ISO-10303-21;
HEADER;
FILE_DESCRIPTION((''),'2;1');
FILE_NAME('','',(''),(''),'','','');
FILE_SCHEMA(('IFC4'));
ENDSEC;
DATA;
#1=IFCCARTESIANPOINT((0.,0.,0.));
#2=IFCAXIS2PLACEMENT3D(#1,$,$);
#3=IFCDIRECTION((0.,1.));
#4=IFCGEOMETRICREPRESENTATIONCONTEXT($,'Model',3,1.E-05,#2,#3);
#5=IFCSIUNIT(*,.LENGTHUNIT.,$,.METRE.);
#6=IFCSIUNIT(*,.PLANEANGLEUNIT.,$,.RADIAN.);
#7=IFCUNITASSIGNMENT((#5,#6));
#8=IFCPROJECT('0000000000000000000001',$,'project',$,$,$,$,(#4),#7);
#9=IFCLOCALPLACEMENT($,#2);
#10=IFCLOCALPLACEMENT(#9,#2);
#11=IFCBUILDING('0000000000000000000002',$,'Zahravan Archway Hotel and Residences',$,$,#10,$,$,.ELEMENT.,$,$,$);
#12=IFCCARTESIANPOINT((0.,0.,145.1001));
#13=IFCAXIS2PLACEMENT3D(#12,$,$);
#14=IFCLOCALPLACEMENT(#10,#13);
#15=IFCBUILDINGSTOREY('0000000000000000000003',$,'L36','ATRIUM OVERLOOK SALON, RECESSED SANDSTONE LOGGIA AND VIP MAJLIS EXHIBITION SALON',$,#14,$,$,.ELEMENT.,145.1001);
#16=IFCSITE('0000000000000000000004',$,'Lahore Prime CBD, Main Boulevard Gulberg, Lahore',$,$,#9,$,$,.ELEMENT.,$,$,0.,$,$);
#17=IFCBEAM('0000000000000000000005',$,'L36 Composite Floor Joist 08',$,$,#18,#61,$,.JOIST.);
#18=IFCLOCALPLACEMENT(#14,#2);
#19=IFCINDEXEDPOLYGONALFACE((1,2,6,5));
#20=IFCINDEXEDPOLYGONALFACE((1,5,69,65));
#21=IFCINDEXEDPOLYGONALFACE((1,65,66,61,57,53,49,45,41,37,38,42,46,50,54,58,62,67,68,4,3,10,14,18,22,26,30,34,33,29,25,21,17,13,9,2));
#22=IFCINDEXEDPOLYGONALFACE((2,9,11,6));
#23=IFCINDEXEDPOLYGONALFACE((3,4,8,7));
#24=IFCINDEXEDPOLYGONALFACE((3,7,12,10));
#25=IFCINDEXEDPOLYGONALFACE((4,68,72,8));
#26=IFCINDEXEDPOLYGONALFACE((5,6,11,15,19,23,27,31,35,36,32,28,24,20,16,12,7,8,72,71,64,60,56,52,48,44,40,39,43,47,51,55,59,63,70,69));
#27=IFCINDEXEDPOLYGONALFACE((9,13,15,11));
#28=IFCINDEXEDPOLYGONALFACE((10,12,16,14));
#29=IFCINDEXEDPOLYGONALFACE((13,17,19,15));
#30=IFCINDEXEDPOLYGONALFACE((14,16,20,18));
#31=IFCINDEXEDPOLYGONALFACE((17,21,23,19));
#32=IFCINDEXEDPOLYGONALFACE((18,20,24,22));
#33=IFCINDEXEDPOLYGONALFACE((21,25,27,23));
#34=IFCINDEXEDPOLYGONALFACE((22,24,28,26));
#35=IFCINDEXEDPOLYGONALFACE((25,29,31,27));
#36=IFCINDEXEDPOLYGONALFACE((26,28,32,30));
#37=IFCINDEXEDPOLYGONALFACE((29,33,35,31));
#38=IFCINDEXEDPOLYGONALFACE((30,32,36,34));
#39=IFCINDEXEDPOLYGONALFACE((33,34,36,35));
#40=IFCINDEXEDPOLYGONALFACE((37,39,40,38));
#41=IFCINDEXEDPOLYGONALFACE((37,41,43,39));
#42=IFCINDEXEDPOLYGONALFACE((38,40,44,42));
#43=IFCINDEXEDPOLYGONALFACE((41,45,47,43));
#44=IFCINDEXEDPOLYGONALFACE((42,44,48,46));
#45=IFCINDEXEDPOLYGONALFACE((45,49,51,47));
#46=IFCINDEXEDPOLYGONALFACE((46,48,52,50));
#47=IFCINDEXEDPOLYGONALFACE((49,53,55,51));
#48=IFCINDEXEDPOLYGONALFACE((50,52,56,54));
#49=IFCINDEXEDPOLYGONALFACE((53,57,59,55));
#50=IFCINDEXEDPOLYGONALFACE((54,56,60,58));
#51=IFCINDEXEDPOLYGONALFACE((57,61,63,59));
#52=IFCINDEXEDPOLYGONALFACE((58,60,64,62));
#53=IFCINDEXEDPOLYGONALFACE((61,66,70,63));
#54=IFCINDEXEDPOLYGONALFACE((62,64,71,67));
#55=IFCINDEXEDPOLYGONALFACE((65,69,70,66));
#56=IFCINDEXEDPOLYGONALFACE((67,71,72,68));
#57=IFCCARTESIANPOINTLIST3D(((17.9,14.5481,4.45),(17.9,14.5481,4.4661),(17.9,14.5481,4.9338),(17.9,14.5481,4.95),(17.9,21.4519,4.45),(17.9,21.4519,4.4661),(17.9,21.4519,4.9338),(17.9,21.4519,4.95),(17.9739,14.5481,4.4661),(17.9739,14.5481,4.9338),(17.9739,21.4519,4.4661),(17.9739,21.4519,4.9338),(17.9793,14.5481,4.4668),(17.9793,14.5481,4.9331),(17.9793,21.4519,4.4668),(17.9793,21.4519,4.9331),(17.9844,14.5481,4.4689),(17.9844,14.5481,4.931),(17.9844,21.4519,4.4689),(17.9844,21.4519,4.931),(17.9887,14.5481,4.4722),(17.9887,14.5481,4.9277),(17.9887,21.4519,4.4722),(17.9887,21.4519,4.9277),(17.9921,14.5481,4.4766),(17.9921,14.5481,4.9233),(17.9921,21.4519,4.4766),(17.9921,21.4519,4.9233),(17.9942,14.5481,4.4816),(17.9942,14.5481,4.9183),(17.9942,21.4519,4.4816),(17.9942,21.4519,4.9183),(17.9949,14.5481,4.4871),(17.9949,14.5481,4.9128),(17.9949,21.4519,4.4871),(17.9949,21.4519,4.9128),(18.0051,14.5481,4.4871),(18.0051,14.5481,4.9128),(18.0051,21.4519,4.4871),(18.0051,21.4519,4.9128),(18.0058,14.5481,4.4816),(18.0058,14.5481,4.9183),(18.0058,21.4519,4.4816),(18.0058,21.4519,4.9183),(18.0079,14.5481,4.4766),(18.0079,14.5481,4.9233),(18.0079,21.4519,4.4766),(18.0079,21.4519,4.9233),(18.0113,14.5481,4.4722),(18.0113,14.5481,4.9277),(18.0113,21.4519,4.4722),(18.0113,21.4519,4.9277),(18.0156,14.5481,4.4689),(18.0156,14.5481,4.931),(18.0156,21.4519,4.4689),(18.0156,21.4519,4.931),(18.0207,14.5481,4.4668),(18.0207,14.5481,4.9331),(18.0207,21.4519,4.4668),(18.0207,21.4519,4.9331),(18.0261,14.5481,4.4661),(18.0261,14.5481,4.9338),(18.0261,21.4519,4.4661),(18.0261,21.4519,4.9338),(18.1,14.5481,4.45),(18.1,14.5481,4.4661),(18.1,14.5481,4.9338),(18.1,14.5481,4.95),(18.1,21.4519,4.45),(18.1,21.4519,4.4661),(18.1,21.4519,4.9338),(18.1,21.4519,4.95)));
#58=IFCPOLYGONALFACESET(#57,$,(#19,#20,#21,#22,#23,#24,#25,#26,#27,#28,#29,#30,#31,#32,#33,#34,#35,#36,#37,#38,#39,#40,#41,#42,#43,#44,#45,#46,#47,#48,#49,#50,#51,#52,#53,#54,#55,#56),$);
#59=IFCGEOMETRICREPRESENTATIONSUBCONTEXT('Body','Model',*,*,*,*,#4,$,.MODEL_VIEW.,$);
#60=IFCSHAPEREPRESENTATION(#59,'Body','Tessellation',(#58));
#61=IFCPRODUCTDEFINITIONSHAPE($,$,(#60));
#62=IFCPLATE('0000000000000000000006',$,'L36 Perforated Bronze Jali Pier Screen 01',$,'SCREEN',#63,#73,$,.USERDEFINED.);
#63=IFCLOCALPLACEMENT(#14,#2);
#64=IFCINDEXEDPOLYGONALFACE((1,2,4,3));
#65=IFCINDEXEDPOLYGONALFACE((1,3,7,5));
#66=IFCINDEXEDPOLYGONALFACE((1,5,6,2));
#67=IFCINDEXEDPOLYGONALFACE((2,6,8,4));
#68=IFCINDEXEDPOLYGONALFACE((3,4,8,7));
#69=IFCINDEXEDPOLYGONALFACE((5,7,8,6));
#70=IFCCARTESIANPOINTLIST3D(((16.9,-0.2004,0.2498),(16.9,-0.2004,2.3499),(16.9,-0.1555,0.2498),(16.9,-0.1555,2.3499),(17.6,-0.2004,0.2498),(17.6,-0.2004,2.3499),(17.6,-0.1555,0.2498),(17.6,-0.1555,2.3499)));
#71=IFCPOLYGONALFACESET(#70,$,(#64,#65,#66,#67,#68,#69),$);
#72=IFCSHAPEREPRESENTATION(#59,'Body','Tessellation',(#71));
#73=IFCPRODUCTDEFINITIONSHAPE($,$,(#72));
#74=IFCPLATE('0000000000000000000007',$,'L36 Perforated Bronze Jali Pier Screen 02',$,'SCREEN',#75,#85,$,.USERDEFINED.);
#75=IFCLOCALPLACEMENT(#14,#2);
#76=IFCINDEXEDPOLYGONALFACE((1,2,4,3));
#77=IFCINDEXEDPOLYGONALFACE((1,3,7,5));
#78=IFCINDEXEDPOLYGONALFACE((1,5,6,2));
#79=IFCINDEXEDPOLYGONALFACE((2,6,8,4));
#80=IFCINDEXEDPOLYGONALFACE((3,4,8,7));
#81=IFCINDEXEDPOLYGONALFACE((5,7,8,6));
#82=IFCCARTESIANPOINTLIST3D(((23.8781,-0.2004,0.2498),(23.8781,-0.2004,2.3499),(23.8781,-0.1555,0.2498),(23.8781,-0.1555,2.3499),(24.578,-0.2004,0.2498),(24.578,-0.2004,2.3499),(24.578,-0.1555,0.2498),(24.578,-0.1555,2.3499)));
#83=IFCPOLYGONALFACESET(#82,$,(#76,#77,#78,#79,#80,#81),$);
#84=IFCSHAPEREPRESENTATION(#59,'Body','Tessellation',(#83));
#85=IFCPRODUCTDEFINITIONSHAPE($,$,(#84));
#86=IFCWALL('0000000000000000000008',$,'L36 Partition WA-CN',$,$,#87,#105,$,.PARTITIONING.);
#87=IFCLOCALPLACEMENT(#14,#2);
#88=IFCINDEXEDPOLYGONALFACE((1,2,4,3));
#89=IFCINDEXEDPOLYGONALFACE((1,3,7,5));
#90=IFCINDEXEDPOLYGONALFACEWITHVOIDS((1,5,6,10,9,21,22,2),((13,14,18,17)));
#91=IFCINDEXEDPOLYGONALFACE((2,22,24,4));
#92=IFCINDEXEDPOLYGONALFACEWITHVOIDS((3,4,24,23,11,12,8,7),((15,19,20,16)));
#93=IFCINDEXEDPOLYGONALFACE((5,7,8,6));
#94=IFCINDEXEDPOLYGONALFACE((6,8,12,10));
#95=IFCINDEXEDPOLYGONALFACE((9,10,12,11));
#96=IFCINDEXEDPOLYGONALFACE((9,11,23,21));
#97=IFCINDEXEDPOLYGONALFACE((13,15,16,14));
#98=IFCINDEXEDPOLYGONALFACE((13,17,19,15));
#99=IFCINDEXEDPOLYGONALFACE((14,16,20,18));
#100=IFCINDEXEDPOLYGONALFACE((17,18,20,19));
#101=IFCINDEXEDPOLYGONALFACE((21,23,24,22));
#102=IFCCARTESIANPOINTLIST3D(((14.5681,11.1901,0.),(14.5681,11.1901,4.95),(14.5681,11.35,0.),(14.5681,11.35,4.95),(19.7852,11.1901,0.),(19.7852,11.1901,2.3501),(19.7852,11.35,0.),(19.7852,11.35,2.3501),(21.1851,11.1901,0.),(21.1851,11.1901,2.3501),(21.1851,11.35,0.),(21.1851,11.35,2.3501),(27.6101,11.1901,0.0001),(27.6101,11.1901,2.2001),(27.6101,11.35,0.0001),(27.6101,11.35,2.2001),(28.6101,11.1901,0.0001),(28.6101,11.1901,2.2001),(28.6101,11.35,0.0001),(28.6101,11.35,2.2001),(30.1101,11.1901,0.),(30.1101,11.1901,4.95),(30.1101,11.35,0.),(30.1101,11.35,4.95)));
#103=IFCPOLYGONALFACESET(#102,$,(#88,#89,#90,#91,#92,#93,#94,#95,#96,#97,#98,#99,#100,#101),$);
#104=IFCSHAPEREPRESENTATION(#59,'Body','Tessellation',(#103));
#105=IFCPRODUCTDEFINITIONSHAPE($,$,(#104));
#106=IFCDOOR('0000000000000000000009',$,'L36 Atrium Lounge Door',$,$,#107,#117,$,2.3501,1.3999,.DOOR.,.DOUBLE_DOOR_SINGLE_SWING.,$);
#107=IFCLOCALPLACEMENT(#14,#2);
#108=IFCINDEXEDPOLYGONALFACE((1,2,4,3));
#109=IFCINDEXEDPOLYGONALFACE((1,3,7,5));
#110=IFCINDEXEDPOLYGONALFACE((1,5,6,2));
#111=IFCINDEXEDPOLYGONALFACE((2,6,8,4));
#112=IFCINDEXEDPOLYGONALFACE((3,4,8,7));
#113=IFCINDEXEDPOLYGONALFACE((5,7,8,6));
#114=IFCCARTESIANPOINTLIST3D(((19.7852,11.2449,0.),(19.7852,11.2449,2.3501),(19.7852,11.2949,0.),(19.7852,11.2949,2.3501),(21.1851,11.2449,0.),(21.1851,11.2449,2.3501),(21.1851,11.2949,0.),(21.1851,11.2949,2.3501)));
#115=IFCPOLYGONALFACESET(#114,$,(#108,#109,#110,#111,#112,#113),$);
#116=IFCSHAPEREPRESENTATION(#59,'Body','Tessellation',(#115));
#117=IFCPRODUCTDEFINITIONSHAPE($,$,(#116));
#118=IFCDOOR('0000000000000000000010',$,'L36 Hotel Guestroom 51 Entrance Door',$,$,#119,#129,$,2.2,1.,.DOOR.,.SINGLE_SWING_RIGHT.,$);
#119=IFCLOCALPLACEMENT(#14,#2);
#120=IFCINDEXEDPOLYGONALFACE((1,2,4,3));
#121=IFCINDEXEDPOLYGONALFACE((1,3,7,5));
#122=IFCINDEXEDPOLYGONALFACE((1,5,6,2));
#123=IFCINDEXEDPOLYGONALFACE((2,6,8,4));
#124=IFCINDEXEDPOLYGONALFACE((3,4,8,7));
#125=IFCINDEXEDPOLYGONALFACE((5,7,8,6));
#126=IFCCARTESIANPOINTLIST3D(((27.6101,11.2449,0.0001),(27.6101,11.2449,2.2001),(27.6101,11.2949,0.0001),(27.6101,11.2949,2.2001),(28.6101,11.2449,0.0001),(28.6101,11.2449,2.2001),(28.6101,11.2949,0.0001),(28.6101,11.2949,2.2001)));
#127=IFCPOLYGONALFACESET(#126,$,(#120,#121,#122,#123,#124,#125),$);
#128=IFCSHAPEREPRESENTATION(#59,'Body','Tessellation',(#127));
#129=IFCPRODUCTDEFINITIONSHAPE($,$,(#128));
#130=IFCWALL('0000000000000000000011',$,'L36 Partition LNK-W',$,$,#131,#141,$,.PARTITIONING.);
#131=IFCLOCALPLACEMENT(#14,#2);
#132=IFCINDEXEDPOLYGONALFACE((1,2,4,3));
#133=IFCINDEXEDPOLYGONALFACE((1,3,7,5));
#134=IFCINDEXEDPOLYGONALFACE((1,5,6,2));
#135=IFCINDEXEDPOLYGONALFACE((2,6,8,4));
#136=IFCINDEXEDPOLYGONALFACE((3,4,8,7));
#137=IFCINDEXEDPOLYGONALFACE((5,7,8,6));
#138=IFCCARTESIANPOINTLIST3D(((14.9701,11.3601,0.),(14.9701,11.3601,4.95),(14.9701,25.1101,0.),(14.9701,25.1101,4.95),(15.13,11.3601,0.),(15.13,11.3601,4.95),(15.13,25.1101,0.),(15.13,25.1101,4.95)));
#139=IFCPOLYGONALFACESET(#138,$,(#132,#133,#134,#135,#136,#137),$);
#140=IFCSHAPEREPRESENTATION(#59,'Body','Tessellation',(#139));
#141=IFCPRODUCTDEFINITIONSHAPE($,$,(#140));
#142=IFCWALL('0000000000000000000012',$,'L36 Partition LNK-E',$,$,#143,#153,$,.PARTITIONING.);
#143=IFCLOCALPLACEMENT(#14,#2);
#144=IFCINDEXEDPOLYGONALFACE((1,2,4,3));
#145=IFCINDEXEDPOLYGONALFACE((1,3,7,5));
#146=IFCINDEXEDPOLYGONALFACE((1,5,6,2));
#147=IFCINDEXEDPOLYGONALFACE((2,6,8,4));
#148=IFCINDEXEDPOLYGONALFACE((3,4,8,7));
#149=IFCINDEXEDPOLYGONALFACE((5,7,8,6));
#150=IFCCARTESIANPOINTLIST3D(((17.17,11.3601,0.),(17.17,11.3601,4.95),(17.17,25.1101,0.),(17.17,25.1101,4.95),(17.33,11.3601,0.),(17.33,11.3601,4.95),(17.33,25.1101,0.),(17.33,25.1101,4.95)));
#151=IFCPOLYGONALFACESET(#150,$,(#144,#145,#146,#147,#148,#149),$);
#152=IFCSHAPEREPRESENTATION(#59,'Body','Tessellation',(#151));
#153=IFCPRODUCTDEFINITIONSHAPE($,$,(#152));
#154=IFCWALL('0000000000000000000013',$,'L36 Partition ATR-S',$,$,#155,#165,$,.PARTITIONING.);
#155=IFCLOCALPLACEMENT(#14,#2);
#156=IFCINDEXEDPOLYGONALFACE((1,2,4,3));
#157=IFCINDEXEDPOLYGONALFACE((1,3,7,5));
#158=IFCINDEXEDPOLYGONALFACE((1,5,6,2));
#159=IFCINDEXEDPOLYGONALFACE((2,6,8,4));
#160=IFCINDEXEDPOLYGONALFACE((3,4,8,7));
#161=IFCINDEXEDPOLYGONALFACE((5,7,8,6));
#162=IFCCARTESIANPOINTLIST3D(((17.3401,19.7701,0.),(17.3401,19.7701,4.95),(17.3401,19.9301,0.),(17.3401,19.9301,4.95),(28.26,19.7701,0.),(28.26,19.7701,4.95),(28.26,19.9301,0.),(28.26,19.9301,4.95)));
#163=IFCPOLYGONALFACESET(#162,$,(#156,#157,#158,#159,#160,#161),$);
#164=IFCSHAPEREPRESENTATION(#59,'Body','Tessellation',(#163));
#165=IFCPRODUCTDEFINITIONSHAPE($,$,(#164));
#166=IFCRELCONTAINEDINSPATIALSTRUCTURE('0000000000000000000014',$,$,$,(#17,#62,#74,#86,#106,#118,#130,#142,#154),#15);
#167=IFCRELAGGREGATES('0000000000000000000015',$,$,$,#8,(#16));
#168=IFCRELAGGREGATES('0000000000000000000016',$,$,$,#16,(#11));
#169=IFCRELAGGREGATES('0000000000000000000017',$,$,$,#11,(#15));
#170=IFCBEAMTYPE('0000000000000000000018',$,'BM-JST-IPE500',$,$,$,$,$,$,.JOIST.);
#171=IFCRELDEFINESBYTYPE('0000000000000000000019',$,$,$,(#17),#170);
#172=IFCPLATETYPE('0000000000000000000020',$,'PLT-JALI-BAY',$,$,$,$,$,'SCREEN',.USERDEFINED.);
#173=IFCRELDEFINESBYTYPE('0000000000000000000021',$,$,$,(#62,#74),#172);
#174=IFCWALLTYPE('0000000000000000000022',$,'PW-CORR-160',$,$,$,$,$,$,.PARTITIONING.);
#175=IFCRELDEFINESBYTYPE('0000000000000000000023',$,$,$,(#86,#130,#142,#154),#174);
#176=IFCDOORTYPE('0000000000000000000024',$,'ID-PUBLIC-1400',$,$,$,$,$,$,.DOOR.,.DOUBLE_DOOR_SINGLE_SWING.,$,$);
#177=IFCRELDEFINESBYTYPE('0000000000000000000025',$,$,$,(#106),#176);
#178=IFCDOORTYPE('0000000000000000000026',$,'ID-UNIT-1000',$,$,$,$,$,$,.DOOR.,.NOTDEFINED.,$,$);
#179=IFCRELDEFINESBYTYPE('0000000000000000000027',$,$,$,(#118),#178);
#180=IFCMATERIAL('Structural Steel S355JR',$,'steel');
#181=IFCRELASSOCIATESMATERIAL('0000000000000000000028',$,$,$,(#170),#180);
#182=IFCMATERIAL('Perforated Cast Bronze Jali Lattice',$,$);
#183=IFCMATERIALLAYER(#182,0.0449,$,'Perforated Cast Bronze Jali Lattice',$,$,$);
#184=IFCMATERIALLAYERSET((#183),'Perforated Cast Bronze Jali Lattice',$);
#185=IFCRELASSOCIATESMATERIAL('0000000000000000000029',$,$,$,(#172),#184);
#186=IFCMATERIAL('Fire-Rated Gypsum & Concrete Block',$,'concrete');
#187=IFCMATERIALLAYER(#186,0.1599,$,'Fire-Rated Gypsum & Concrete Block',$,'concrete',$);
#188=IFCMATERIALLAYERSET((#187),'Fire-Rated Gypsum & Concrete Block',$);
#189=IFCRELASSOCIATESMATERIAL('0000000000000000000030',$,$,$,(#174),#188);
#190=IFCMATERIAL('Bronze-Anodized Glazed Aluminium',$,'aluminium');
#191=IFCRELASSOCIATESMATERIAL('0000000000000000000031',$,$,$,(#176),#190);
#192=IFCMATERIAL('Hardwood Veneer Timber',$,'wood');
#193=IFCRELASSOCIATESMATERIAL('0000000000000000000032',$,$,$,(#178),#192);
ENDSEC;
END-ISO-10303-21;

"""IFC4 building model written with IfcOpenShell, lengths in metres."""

from ifc_helpers import new_model, si_unit, direction, frame, frame_2d, origin, origin_2d, place, context, subcontext, project, spatial, rectangle, i_section, extrude, source, transform, mapped, material, layer, layer_set, material_profile, profile_set, type_object, type_shapes, element, fill, save


model = new_model("IFC4")

# Units and contexts
model_context = context("Model", 3, precision=1e-05, world=origin(), true_north=direction((0.0, 1.0)))
body_context = subcontext(model_context, "Body", "Model", "MODEL_VIEW")
ifc_project = project(units=[si_unit("LENGTHUNIT", "METRE"), si_unit("PLANEANGLEUNIT", "RADIAN")], contexts=[model_context])

# Site, building, storey
site_placement = place(None, origin())
site = spatial("IfcSite", under=ifc_project, at=site_placement, Name="Lahore Prime CBD, Main Boulevard Gulberg, Lahore", CompositionType="ELEMENT", RefElevation=0.0)
building_placement = place(site_placement, origin())
building = spatial("IfcBuilding", under=site, at=building_placement, Name="Zahravan Archway Hotel and Residences", CompositionType="ELEMENT")
storey_placement = place(building_placement, frame((0.0, 0.0, 145.1001)))
storey = spatial("IfcBuildingStorey", under=building, at=storey_placement, Name="L36", Description="ATRIUM OVERLOOK SALON, RECESSED SANDSTONE LOGGIA AND VIP MAJLIS EXHIBITION SALON", CompositionType="ELEMENT", Elevation=145.1001)

# Beam
ifc_material_1 = material(Name="Structural Steel S355JR", Category="steel")
ifc_material_profile_1 = material_profile(ifc_material_1, i_section(OverallWidth=0.2, OverallDepth=0.5, WebThickness=0.0103, FlangeThickness=0.0161, FilletRadius=0.021, at=origin_2d()), Name="IPE 500", Category="steel")
ifc_profile_set_1 = profile_set([ifc_material_profile_1], Name="Structural Steel S355JR")
beam_type_1 = type_object("IfcBeamType", Name="BM-JST-IPE500", PredefinedType="JOIST", material=ifc_profile_set_1)
shared_shape_1 = source(origin(), body_context, "Body", "SweptSolid", [
    extrude(i_section(OverallWidth=0.2, OverallDepth=0.5, WebThickness=0.0103, FlangeThickness=0.0161, FilletRadius=0.021, at=origin_2d()), origin(), (0.0, 0.0, 1.0), 6.9038),
])
beam_1_placement = place(storey_placement, frame((18.0, 14.5481, 4.7), z_axis=(0.0, 1.0, 0.0), x_axis=(-1.0, 0.0, 0.0)))
element("IfcBeam", 1, at=beam_1_placement, inside=storey, type_object=beam_type_1, Name="L36 Composite Floor Joist 08", PredefinedType="JOIST", context=body_context, shape_type="MappedRepresentation", body=[
    mapped(shared_shape_1, transform((0.0, 0.0, 0.0), scale=1.0)),
])

# Plates
ifc_material_2 = material(Name="Perforated Cast Bronze Jali Lattice")
ifc_layer_1 = layer(ifc_material_2, 0.0449, Name="Perforated Cast Bronze Jali Lattice")
ifc_layer_set_1 = layer_set([ifc_layer_1], Name="Perforated Cast Bronze Jali Lattice")
plate_type = type_object("IfcPlateType", Name="PLT-JALI-BAY", ElementType="SCREEN", PredefinedType="USERDEFINED", material=ifc_layer_set_1)
shared_shape_2 = source(origin(), body_context, "Body", "SweptSolid", [
    extrude(rectangle(XDim=0.7, YDim=0.0449, at=origin_2d()), origin(), (0.0, 0.0, 1.0), 2.1001),
])
type_shapes(plate_type, [shared_shape_2])
for number, where, z_axis, x_axis, name in (
    (2, (17.25, -0.178, 0.2498), (0.0, 0.0, 1.0), (1.0, 0.0, 0.0), "L36 Perforated Bronze Jali Pier Screen 01"),
    (3, (24.228, -0.178, 0.2498), (0.0, 0.0, 1.0), (1.0, 0.0, 0.0), "L36 Perforated Bronze Jali Pier Screen 02"),
):
    element("IfcPlate", number, at=place(storey_placement, frame(where, z_axis=z_axis, x_axis=x_axis)), inside=storey, type_object=plate_type, Name=name, ObjectType="SCREEN", PredefinedType="USERDEFINED", context=body_context, shape_type="MappedRepresentation", body=[
        mapped(shared_shape_2, transform((0.0, 0.0, 0.0), scale=1.0)),
    ])

# Wall, openings, doors
ifc_material_3 = material(Name="Fire-Rated Gypsum & Concrete Block", Category="concrete")
ifc_layer_2 = layer(ifc_material_3, 0.1599, Name="Fire-Rated Gypsum & Concrete Block", Category="concrete")
ifc_layer_set_2 = layer_set([ifc_layer_2], Name="Fire-Rated Gypsum & Concrete Block")
wall_type_1 = type_object("IfcWallType", Name="PW-CORR-160", PredefinedType="PARTITIONING", material=ifc_layer_set_2)
wall_1_placement = place(storey_placement, frame((14.5681, 11.27, 0.0), z_axis=(0.0, 0.0, 1.0), x_axis=(1.0, 0.0, 0.0)))
wall_1 = element("IfcWall", 4, at=wall_1_placement, inside=storey, type_object=wall_type_1, Name="L36 Partition WA-CN", PredefinedType="PARTITIONING", context=body_context, shape_type="SweptSolid", body=[
    extrude(rectangle(XDim=15.542, YDim=0.1599, at=frame_2d((7.771, 0.0))), origin(), (0.0, 0.0, 1.0), 4.95),
])
opening_1_placement = place(wall_1_placement, frame((5.217, 0.0, 0.0)))
opening_1 = element("IfcOpeningElement", 5, at=opening_1_placement, cuts=wall_1, PredefinedType="OPENING", context=body_context, shape_type="SweptSolid", body=[
    extrude(rectangle(XDim=1.3999, YDim=2.3501, at=frame_2d((0.7, 1.175))), frame((0.0, 0.0898, 0.0), z_axis=(0.0, -1.0, 0.0), x_axis=(1.0, 0.0, 0.0)), (0.0, 0.0, 1.0), 0.1799),
])
opening_2_placement = place(wall_1_placement, frame((13.042, 0.0, 0.0)))
opening_2 = element("IfcOpeningElement", 6, at=opening_2_placement, cuts=wall_1, PredefinedType="OPENING", context=body_context, shape_type="SweptSolid", body=[
    extrude(rectangle(XDim=1.0, YDim=2.2, at=frame_2d((0.5, 1.1001))), frame((0.0, 0.0898, 0.0), z_axis=(0.0, -1.0, 0.0), x_axis=(1.0, 0.0, 0.0)), (0.0, 0.0, 1.0), 0.1799),
])
ifc_material_4 = material(Name="Bronze-Anodized Glazed Aluminium", Category="aluminium")
door_type_1 = type_object("IfcDoorType", Name="ID-PUBLIC-1400", OperationType="DOUBLE_DOOR_SINGLE_SWING", PredefinedType="DOOR", material=ifc_material_4)
shared_shape_3 = source(origin(), body_context, "Body", "SweptSolid", [
    extrude(rectangle(XDim=1.3999, YDim=2.3501, at=frame_2d((0.7, 1.175))), frame((0.0, 0.0249, 0.0), z_axis=(0.0, -1.0, 0.0), x_axis=(1.0, 0.0, 0.0)), (0.0, 0.0, 1.0), 0.05),
])
type_shapes(door_type_1, [shared_shape_3])
door_1_placement = place(opening_1_placement, origin())
door_1 = element("IfcDoor", 7, at=door_1_placement, inside=storey, type_object=door_type_1, Name="L36 Atrium Lounge Door", OperationType="DOUBLE_DOOR_SINGLE_SWING", OverallHeight=2.3501, OverallWidth=1.3999, PredefinedType="DOOR", context=body_context, shape_type="MappedRepresentation", body=[
    mapped(shared_shape_3, transform((0.0, 0.0, 0.0), scale=1.0)),
])
fill(opening_1, door_1)
ifc_material_5 = material(Name="Hardwood Veneer Timber", Category="wood")
door_type_2 = type_object("IfcDoorType", Name="ID-UNIT-1000", OperationType="NOTDEFINED", PredefinedType="DOOR", material=ifc_material_5)
shared_shape_4 = source(origin(), body_context, "Body", "SweptSolid", [
    extrude(rectangle(XDim=1.0, YDim=2.2, at=frame_2d((0.5, 1.1001))), frame((0.0, 0.0249, 0.0), z_axis=(0.0, -1.0, 0.0), x_axis=(1.0, 0.0, 0.0)), (0.0, 0.0, 1.0), 0.05),
])
type_shapes(door_type_2, [shared_shape_4])
door_2_placement = place(opening_2_placement, origin())
door_2 = element("IfcDoor", 8, at=door_2_placement, inside=storey, type_object=door_type_2, Name="L36 Hotel Guestroom 51 Entrance Door", OperationType="SINGLE_SWING_RIGHT", OverallHeight=2.2, OverallWidth=1.0, PredefinedType="DOOR", context=body_context, shape_type="MappedRepresentation", body=[
    mapped(shared_shape_4, transform((0.0, 0.0, 0.0), scale=1.0)),
])
fill(opening_2, door_2)

# Walls
for number, where, z_axis, x_axis, name in (
    (9, (15.05, 11.3601, 0.0), (0.0, 0.0, 1.0), (0.0, 1.0, 0.0), "L36 Partition LNK-W"),
    (10, (17.25, 11.3601, 0.0), (0.0, 0.0, 1.0), (0.0, 1.0, 0.0), "L36 Partition LNK-E"),
):
    element("IfcWall", number, at=place(storey_placement, frame(where, z_axis=z_axis, x_axis=x_axis)), inside=storey, type_object=wall_type_1, Name=name, PredefinedType="PARTITIONING", context=body_context, shape_type="SweptSolid", body=[
        extrude(rectangle(XDim=13.75, YDim=0.1599, at=frame_2d((6.875, 0.0))), origin(), (0.0, 0.0, 1.0), 4.95),
    ])
wall_2_placement = place(storey_placement, frame((17.3401, 19.8501, 0.0), z_axis=(0.0, 0.0, 1.0), x_axis=(1.0, 0.0, 0.0)))
element("IfcWall", 11, at=wall_2_placement, inside=storey, type_object=wall_type_1, Name="L36 Partition ATR-S", PredefinedType="PARTITIONING", context=body_context, shape_type="SweptSolid", body=[
    extrude(rectangle(XDim=10.9199, YDim=0.1599, at=frame_2d((5.46, 0.0))), origin(), (0.0, 0.0, 1.0), 4.95),
])

save(model, "model.ifc")
